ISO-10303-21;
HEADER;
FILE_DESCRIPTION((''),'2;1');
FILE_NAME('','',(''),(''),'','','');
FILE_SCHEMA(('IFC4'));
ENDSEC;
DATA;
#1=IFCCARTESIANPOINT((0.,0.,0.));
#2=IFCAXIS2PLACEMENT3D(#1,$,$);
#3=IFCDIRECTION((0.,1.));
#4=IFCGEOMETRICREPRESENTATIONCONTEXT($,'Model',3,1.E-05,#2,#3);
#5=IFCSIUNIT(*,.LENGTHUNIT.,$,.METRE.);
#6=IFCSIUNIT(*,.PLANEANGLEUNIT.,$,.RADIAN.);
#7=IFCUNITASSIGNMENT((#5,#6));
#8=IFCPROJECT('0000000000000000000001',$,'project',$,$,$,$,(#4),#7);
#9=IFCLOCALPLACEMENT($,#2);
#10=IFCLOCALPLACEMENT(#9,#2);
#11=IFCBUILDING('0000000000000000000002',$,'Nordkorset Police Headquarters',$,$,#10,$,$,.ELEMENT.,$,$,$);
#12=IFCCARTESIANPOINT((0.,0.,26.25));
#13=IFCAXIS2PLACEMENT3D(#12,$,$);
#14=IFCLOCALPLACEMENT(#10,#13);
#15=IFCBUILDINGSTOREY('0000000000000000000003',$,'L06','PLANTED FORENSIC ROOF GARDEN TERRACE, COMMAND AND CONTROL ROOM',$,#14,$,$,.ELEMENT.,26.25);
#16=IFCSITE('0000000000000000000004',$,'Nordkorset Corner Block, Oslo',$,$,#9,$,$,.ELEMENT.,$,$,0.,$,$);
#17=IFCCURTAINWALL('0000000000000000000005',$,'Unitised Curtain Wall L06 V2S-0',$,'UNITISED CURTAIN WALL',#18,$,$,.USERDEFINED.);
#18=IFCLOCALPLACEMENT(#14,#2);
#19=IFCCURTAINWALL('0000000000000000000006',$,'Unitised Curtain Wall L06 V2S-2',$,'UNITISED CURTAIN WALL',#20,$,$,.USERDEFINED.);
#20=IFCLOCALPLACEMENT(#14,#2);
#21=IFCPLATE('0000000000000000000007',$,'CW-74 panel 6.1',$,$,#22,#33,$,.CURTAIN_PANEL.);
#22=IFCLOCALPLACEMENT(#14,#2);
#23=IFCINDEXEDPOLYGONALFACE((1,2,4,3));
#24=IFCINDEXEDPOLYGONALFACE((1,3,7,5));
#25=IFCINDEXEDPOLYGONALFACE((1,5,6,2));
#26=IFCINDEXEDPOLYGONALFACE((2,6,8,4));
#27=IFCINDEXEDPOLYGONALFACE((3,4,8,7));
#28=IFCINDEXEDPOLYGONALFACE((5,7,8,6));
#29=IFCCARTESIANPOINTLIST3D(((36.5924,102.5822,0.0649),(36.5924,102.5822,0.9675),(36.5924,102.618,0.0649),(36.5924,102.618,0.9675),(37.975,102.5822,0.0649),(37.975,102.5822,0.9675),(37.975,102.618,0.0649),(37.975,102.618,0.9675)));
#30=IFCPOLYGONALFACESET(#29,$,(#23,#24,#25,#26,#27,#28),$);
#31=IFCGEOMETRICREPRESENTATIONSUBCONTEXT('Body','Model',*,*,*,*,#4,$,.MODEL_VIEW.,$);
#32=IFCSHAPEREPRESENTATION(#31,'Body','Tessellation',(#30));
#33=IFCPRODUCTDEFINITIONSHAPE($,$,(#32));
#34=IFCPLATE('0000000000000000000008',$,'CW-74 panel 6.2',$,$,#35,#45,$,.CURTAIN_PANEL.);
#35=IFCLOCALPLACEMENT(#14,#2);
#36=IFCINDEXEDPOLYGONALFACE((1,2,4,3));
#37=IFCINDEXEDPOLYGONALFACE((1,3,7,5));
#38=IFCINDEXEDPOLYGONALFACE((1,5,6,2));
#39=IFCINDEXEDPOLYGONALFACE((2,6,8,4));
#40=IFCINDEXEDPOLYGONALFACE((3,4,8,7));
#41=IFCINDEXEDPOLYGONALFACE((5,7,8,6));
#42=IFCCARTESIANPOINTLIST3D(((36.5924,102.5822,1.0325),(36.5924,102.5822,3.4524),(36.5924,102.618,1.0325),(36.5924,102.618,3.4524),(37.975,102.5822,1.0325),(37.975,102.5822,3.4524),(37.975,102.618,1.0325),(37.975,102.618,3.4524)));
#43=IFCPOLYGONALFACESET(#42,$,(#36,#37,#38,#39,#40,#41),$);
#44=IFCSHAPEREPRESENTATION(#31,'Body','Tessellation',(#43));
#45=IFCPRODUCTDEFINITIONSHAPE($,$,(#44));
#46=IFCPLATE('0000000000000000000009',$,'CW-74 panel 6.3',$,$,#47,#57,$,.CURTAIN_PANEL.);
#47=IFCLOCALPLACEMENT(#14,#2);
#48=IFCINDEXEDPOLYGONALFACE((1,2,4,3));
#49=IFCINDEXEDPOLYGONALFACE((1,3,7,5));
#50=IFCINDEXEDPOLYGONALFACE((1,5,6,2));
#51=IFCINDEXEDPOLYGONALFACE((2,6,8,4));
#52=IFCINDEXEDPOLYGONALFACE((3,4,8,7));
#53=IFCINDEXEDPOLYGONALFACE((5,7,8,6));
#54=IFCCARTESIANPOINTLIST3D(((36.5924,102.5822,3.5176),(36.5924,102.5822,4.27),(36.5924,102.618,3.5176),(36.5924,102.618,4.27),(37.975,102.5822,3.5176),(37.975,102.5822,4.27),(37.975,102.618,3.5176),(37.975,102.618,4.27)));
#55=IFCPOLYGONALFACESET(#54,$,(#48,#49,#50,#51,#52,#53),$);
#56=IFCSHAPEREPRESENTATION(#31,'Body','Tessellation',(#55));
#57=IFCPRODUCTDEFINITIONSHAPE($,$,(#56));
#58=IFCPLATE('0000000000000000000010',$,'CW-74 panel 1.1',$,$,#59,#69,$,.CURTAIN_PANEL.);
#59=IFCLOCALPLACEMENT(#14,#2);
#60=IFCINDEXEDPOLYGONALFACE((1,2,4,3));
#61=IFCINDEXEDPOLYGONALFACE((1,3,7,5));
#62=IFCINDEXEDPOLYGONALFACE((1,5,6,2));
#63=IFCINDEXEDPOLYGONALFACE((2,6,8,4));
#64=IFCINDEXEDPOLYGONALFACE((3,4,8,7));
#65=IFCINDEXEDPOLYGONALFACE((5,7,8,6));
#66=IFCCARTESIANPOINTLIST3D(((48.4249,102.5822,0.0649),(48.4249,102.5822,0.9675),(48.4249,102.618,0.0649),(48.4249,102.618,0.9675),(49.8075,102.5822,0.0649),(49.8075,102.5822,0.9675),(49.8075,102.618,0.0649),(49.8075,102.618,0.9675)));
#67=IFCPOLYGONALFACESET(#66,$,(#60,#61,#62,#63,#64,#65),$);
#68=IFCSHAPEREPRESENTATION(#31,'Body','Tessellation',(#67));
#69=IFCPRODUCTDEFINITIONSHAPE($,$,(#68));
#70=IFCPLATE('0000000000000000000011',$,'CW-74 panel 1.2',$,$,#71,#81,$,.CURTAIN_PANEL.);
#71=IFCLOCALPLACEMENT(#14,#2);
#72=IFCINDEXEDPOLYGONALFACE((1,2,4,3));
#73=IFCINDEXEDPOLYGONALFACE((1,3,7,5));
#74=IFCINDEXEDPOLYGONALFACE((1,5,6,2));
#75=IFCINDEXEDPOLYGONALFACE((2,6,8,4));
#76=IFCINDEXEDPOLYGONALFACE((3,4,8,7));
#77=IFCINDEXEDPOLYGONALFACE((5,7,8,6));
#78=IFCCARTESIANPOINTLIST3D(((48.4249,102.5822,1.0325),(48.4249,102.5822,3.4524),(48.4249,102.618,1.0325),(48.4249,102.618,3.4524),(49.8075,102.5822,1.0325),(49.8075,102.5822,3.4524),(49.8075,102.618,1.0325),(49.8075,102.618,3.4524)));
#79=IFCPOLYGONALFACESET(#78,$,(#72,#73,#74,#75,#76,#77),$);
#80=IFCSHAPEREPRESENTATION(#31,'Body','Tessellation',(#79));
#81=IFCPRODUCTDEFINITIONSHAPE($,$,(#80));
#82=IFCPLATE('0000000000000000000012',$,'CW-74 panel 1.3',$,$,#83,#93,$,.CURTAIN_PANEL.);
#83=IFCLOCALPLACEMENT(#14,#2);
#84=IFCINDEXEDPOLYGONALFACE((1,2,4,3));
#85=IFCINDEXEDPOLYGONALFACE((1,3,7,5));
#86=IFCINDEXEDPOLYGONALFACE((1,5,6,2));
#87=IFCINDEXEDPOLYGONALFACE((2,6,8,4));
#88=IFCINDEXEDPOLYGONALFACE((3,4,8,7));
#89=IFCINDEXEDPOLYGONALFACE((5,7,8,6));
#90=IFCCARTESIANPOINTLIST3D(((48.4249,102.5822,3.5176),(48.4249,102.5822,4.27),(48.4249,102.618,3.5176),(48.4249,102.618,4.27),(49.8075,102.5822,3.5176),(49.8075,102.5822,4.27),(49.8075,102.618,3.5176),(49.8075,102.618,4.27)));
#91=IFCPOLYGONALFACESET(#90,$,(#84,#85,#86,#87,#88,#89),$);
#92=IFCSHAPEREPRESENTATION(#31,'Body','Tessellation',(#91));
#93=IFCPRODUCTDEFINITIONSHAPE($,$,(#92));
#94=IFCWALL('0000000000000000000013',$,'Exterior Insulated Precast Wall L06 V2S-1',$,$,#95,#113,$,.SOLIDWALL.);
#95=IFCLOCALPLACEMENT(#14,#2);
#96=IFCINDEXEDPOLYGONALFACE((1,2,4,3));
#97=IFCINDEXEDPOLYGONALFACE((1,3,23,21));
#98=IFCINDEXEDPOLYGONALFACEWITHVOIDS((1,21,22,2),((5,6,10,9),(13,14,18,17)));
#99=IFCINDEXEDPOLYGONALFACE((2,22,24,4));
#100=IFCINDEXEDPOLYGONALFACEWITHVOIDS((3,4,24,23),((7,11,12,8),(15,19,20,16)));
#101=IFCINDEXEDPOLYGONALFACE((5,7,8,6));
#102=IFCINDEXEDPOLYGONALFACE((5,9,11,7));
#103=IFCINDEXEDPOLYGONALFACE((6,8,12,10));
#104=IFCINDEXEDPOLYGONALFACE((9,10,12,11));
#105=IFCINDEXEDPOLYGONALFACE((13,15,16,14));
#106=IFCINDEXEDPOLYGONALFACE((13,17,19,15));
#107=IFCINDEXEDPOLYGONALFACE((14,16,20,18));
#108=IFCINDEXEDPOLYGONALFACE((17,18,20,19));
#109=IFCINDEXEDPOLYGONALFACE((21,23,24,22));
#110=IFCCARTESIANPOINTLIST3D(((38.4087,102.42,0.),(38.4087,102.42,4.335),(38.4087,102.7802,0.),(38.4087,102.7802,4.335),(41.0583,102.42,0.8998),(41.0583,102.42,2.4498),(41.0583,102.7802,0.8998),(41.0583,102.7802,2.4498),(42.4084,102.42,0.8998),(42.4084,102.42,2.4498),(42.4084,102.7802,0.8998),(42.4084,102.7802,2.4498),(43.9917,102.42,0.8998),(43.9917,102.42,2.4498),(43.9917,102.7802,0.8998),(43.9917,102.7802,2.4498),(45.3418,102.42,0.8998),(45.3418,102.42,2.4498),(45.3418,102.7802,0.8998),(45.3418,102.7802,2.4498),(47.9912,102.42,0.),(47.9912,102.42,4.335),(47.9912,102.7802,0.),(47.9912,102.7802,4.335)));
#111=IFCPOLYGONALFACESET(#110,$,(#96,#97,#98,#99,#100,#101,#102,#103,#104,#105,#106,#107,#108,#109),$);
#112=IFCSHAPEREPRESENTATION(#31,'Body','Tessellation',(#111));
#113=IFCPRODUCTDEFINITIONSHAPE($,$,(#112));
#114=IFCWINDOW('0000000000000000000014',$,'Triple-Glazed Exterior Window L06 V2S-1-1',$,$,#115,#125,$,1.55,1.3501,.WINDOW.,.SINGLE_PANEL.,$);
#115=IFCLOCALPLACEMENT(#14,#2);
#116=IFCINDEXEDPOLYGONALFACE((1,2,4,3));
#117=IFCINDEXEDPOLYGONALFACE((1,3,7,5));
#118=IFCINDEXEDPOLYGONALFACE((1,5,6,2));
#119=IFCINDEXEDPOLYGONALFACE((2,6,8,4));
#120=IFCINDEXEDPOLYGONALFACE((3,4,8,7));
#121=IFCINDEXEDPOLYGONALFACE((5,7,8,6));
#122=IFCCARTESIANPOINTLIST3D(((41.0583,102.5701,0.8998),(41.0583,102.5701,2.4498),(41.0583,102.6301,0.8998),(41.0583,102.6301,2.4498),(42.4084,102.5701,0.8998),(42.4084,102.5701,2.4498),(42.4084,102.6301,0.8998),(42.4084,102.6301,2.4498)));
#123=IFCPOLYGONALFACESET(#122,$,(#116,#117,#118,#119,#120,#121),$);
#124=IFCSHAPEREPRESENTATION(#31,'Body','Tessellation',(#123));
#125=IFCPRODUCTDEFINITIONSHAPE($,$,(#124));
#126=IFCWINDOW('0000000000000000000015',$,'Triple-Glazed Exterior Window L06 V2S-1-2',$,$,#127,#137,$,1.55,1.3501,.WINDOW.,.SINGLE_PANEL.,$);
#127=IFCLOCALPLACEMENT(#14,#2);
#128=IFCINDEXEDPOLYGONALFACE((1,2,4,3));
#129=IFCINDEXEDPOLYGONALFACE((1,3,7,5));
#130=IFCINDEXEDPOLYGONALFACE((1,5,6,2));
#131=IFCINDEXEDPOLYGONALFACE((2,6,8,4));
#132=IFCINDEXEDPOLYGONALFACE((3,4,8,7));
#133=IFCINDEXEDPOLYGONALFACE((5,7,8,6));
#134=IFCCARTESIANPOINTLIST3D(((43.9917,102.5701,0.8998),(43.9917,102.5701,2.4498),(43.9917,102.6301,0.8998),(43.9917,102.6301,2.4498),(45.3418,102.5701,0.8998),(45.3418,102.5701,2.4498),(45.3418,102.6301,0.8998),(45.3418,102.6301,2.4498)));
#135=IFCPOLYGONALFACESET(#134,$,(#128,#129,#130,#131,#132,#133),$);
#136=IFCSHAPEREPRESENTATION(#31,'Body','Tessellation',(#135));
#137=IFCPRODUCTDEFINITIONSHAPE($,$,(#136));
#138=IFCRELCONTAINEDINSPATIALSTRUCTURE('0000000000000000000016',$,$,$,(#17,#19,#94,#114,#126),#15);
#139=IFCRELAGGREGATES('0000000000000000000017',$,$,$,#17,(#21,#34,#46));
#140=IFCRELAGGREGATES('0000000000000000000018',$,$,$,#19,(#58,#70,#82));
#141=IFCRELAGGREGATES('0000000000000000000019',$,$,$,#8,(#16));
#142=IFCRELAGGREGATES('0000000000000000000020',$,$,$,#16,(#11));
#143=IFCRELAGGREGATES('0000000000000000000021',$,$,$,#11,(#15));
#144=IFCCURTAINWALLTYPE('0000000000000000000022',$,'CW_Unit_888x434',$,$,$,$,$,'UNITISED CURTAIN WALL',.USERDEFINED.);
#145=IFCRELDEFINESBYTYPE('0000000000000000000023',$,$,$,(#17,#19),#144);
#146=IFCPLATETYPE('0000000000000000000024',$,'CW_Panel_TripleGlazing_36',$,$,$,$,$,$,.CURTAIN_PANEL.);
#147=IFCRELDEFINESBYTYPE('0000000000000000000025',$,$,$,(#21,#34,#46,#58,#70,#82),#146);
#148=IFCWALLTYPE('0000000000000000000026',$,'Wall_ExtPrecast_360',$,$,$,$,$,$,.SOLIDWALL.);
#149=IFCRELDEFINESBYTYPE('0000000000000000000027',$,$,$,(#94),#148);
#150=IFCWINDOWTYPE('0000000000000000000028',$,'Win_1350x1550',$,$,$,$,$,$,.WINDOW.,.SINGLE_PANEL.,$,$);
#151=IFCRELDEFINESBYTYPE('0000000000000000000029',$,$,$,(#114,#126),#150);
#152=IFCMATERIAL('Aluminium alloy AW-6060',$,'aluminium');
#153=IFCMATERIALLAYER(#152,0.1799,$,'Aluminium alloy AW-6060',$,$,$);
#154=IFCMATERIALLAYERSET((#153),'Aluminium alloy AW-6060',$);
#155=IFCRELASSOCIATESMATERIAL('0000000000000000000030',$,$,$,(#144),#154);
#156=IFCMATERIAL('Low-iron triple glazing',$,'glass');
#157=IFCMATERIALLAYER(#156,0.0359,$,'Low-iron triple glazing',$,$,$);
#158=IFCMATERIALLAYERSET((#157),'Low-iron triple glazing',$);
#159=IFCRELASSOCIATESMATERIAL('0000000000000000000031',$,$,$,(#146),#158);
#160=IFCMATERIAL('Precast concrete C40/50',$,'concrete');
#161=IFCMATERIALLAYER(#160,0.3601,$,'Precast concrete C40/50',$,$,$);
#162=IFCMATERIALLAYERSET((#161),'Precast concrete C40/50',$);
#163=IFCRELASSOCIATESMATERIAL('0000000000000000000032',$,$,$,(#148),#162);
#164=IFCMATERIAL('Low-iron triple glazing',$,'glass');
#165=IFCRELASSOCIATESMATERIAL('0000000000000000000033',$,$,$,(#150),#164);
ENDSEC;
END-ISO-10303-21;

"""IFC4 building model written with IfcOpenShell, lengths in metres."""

from ifc_helpers import new_model, si_unit, direction, frame, frame_2d, origin, origin_2d, place, context, subcontext, project, spatial, rectangle, extrude, material, layer, layer_set, type_object, element, fill, aggregate, save


model = new_model("IFC4")

# Units and contexts
model_context = context("Model", 3, precision=1e-05, world=origin(), true_north=direction((0.0, 1.0)))
body_context = subcontext(model_context, "Body", "Model", "MODEL_VIEW")
ifc_project = project(units=[si_unit("LENGTHUNIT", "METRE"), si_unit("PLANEANGLEUNIT", "RADIAN")], contexts=[model_context])

# Site, building, storey
site_placement = place(None, origin())
site = spatial("IfcSite", under=ifc_project, at=site_placement, Name="Nordkorset Corner Block, Oslo", CompositionType="ELEMENT", RefElevation=0.0)
building_placement = place(site_placement, origin())
building = spatial("IfcBuilding", under=site, at=building_placement, Name="Nordkorset Police Headquarters", CompositionType="ELEMENT")
storey_placement = place(building_placement, frame((0.0, 0.0, 26.25)))
storey = spatial("IfcBuildingStorey", under=building, at=storey_placement, Name="L06", Description="PLANTED FORENSIC ROOF GARDEN TERRACE, COMMAND AND CONTROL ROOM", CompositionType="ELEMENT", Elevation=26.25)

# Curtain wall
ifc_material_1 = material(Name="Aluminium alloy AW-6060", Category="aluminium")
ifc_layer_1 = layer(ifc_material_1, 0.1799, Name="Aluminium alloy AW-6060")
ifc_layer_set_1 = layer_set([ifc_layer_1], Name="Aluminium alloy AW-6060")
curtain_wall_type = type_object("IfcCurtainWallType", Name="CW_Unit_888x434", ElementType="UNITISED CURTAIN WALL", PredefinedType="USERDEFINED", material=ifc_layer_set_1)
curtain_wall_1_placement = place(storey_placement, origin())
curtain_wall_1 = element("IfcCurtainWall", 1, at=curtain_wall_1_placement, inside=storey, type_object=curtain_wall_type, Name="Unitised Curtain Wall L06 V2S-0", ObjectType="UNITISED CURTAIN WALL", PredefinedType="USERDEFINED")

# Curtain wall
curtain_wall_2_placement = place(storey_placement, origin())
curtain_wall_2 = element("IfcCurtainWall", 2, at=curtain_wall_2_placement, inside=storey, type_object=curtain_wall_type, Name="Unitised Curtain Wall L06 V2S-2", ObjectType="UNITISED CURTAIN WALL", PredefinedType="USERDEFINED")

# Plates
ifc_material_2 = material(Name="Low-iron triple glazing", Category="glass")
ifc_layer_2 = layer(ifc_material_2, 0.0359, Name="Low-iron triple glazing")
ifc_layer_set_2 = layer_set([ifc_layer_2], Name="Low-iron triple glazing")
plate_type = type_object("IfcPlateType", Name="CW_Panel_TripleGlazing_36", PredefinedType="CURTAIN_PANEL", material=ifc_layer_set_2)
plate_1_placement = place(storey_placement, frame((37.2837, 102.6001, 0.0649), z_axis=(0.0, 0.0, 1.0), x_axis=(1.0, 0.0, 0.0)))
plate_1 = element("IfcPlate", 3, at=plate_1_placement, type_object=plate_type, Name="CW-74 panel 6.1", PredefinedType="CURTAIN_PANEL", context=body_context, shape_type="SweptSolid", body=[
    extrude(rectangle(XDim=1.3826, YDim=0.0359, at=origin_2d()), origin(), (0.0, 0.0, 1.0), 0.9026),
])
plate_2_placement = place(storey_placement, frame((37.2837, 102.6001, 1.0325), z_axis=(0.0, 0.0, 1.0), x_axis=(1.0, 0.0, 0.0)))
plate_2 = element("IfcPlate", 4, at=plate_2_placement, type_object=plate_type, Name="CW-74 panel 6.2", PredefinedType="CURTAIN_PANEL", context=body_context, shape_type="SweptSolid", body=[
    extrude(rectangle(XDim=1.3826, YDim=0.0359, at=origin_2d()), origin(), (0.0, 0.0, 1.0), 2.4199),
])
plate_3_placement = place(storey_placement, frame((37.2837, 102.6001, 3.5176), z_axis=(0.0, 0.0, 1.0), x_axis=(1.0, 0.0, 0.0)))
plate_3 = element("IfcPlate", 5, at=plate_3_placement, type_object=plate_type, Name="CW-74 panel 6.3", PredefinedType="CURTAIN_PANEL", context=body_context, shape_type="SweptSolid", body=[
    extrude(rectangle(XDim=1.3826, YDim=0.0359, at=origin_2d()), origin(), (0.0, 0.0, 1.0), 0.7524),
])
aggregate(curtain_wall_1, [plate_1, plate_2, plate_3])
plate_4_placement = place(storey_placement, frame((49.1162, 102.6001, 0.0649), z_axis=(0.0, 0.0, 1.0), x_axis=(1.0, 0.0, 0.0)))
plate_4 = element("IfcPlate", 6, at=plate_4_placement, type_object=plate_type, Name="CW-74 panel 1.1", PredefinedType="CURTAIN_PANEL", context=body_context, shape_type="SweptSolid", body=[
    extrude(rectangle(XDim=1.3826, YDim=0.0359, at=origin_2d()), origin(), (0.0, 0.0, 1.0), 0.9026),
])
plate_5_placement = place(storey_placement, frame((49.1162, 102.6001, 1.0325), z_axis=(0.0, 0.0, 1.0), x_axis=(1.0, 0.0, 0.0)))
plate_5 = element("IfcPlate", 7, at=plate_5_placement, type_object=plate_type, Name="CW-74 panel 1.2", PredefinedType="CURTAIN_PANEL", context=body_context, shape_type="SweptSolid", body=[
    extrude(rectangle(XDim=1.3826, YDim=0.0359, at=origin_2d()), origin(), (0.0, 0.0, 1.0), 2.4199),
])
plate_6_placement = place(storey_placement, frame((49.1162, 102.6001, 3.5176), z_axis=(0.0, 0.0, 1.0), x_axis=(1.0, 0.0, 0.0)))
plate_6 = element("IfcPlate", 8, at=plate_6_placement, type_object=plate_type, Name="CW-74 panel 1.3", PredefinedType="CURTAIN_PANEL", context=body_context, shape_type="SweptSolid", body=[
    extrude(rectangle(XDim=1.3826, YDim=0.0359, at=origin_2d()), origin(), (0.0, 0.0, 1.0), 0.7524),
])
aggregate(curtain_wall_2, [plate_4, plate_5, plate_6])

# Wall, openings, windows
ifc_material_3 = material(Name="Precast concrete C40/50", Category="concrete")
ifc_layer_3 = layer(ifc_material_3, 0.3601, Name="Precast concrete C40/50")
ifc_layer_set_3 = layer_set([ifc_layer_3], Name="Precast concrete C40/50")
wall_type = type_object("IfcWallType", Name="Wall_ExtPrecast_360", PredefinedType="SOLIDWALL", material=ifc_layer_set_3)
wall_placement = place(storey_placement, frame((38.4087, 102.6001, 0.0), z_axis=(0.0, 0.0, 1.0), x_axis=(1.0, 0.0, 0.0)))
wall = element("IfcWall", 9, at=wall_placement, inside=storey, type_object=wall_type, Name="Exterior Insulated Precast Wall L06 V2S-1", PredefinedType="SOLIDWALL", context=body_context, shape_type="SweptSolid", body=[
    extrude(rectangle(XDim=9.5825, YDim=0.3601, at=frame_2d((4.7913, 0.0))), origin(), (0.0, 0.0, 1.0), 4.335),
])
opening_1_placement = place(wall_placement, frame((2.6497, 0.0, 0.8999)))
opening_1 = element("IfcOpeningElement", 10, at=opening_1_placement, cuts=wall, PredefinedType="OPENING", context=body_context, shape_type="SweptSolid", body=[
    extrude(rectangle(XDim=1.3501, YDim=1.55, at=frame_2d((0.675, 0.7749))), frame((0.0, 0.1899, 0.0), z_axis=(0.0, -1.0, 0.0), x_axis=(1.0, 0.0, 0.0)), (0.0, 0.0, 1.0), 0.3801),
])
opening_2_placement = place(wall_placement, frame((5.583, 0.0, 0.8999)))
opening_2 = element("IfcOpeningElement", 11, at=opening_2_placement, cuts=wall, PredefinedType="OPENING", context=body_context, shape_type="SweptSolid", body=[
    extrude(rectangle(XDim=1.3501, YDim=1.55, at=frame_2d((0.675, 0.7749))), frame((0.0, 0.1899, 0.0), z_axis=(0.0, -1.0, 0.0), x_axis=(1.0, 0.0, 0.0)), (0.0, 0.0, 1.0), 0.3801),
])
ifc_material_4 = material(Name="Low-iron triple glazing", Category="glass")
window_type = type_object("IfcWindowType", Name="Win_1350x1550", PartitioningType="SINGLE_PANEL", PredefinedType="WINDOW", material=ifc_material_4)
window_1_placement = place(opening_1_placement, origin())
window_1 = element("IfcWindow", 12, at=window_1_placement, inside=storey, type_object=window_type, Name="Triple-Glazed Exterior Window L06 V2S-1-1", OverallHeight=1.55, OverallWidth=1.3501, PartitioningType="SINGLE_PANEL", PredefinedType="WINDOW", context=body_context, shape_type="SweptSolid", body=[
    extrude(rectangle(XDim=1.3501, YDim=1.55, at=frame_2d((0.675, 0.7749))), frame((0.0, 0.03, 0.0), z_axis=(0.0, -1.0, 0.0), x_axis=(1.0, 0.0, 0.0)), (0.0, 0.0, 1.0), 0.0601),
])
fill(opening_1, window_1)
window_2_placement = place(opening_2_placement, origin())
window_2 = element("IfcWindow", 13, at=window_2_placement, inside=storey, type_object=window_type, Name="Triple-Glazed Exterior Window L06 V2S-1-2", OverallHeight=1.55, OverallWidth=1.3501, PartitioningType="SINGLE_PANEL", PredefinedType="WINDOW", context=body_context, shape_type="SweptSolid", body=[
    extrude(rectangle(XDim=1.3501, YDim=1.55, at=frame_2d((0.675, 0.7749))), frame((0.0, 0.03, 0.0), z_axis=(0.0, -1.0, 0.0), x_axis=(1.0, 0.0, 0.0)), (0.0, 0.0, 1.0), 0.0601),
])
fill(opening_2, window_2)

save(model, "model.ifc")
